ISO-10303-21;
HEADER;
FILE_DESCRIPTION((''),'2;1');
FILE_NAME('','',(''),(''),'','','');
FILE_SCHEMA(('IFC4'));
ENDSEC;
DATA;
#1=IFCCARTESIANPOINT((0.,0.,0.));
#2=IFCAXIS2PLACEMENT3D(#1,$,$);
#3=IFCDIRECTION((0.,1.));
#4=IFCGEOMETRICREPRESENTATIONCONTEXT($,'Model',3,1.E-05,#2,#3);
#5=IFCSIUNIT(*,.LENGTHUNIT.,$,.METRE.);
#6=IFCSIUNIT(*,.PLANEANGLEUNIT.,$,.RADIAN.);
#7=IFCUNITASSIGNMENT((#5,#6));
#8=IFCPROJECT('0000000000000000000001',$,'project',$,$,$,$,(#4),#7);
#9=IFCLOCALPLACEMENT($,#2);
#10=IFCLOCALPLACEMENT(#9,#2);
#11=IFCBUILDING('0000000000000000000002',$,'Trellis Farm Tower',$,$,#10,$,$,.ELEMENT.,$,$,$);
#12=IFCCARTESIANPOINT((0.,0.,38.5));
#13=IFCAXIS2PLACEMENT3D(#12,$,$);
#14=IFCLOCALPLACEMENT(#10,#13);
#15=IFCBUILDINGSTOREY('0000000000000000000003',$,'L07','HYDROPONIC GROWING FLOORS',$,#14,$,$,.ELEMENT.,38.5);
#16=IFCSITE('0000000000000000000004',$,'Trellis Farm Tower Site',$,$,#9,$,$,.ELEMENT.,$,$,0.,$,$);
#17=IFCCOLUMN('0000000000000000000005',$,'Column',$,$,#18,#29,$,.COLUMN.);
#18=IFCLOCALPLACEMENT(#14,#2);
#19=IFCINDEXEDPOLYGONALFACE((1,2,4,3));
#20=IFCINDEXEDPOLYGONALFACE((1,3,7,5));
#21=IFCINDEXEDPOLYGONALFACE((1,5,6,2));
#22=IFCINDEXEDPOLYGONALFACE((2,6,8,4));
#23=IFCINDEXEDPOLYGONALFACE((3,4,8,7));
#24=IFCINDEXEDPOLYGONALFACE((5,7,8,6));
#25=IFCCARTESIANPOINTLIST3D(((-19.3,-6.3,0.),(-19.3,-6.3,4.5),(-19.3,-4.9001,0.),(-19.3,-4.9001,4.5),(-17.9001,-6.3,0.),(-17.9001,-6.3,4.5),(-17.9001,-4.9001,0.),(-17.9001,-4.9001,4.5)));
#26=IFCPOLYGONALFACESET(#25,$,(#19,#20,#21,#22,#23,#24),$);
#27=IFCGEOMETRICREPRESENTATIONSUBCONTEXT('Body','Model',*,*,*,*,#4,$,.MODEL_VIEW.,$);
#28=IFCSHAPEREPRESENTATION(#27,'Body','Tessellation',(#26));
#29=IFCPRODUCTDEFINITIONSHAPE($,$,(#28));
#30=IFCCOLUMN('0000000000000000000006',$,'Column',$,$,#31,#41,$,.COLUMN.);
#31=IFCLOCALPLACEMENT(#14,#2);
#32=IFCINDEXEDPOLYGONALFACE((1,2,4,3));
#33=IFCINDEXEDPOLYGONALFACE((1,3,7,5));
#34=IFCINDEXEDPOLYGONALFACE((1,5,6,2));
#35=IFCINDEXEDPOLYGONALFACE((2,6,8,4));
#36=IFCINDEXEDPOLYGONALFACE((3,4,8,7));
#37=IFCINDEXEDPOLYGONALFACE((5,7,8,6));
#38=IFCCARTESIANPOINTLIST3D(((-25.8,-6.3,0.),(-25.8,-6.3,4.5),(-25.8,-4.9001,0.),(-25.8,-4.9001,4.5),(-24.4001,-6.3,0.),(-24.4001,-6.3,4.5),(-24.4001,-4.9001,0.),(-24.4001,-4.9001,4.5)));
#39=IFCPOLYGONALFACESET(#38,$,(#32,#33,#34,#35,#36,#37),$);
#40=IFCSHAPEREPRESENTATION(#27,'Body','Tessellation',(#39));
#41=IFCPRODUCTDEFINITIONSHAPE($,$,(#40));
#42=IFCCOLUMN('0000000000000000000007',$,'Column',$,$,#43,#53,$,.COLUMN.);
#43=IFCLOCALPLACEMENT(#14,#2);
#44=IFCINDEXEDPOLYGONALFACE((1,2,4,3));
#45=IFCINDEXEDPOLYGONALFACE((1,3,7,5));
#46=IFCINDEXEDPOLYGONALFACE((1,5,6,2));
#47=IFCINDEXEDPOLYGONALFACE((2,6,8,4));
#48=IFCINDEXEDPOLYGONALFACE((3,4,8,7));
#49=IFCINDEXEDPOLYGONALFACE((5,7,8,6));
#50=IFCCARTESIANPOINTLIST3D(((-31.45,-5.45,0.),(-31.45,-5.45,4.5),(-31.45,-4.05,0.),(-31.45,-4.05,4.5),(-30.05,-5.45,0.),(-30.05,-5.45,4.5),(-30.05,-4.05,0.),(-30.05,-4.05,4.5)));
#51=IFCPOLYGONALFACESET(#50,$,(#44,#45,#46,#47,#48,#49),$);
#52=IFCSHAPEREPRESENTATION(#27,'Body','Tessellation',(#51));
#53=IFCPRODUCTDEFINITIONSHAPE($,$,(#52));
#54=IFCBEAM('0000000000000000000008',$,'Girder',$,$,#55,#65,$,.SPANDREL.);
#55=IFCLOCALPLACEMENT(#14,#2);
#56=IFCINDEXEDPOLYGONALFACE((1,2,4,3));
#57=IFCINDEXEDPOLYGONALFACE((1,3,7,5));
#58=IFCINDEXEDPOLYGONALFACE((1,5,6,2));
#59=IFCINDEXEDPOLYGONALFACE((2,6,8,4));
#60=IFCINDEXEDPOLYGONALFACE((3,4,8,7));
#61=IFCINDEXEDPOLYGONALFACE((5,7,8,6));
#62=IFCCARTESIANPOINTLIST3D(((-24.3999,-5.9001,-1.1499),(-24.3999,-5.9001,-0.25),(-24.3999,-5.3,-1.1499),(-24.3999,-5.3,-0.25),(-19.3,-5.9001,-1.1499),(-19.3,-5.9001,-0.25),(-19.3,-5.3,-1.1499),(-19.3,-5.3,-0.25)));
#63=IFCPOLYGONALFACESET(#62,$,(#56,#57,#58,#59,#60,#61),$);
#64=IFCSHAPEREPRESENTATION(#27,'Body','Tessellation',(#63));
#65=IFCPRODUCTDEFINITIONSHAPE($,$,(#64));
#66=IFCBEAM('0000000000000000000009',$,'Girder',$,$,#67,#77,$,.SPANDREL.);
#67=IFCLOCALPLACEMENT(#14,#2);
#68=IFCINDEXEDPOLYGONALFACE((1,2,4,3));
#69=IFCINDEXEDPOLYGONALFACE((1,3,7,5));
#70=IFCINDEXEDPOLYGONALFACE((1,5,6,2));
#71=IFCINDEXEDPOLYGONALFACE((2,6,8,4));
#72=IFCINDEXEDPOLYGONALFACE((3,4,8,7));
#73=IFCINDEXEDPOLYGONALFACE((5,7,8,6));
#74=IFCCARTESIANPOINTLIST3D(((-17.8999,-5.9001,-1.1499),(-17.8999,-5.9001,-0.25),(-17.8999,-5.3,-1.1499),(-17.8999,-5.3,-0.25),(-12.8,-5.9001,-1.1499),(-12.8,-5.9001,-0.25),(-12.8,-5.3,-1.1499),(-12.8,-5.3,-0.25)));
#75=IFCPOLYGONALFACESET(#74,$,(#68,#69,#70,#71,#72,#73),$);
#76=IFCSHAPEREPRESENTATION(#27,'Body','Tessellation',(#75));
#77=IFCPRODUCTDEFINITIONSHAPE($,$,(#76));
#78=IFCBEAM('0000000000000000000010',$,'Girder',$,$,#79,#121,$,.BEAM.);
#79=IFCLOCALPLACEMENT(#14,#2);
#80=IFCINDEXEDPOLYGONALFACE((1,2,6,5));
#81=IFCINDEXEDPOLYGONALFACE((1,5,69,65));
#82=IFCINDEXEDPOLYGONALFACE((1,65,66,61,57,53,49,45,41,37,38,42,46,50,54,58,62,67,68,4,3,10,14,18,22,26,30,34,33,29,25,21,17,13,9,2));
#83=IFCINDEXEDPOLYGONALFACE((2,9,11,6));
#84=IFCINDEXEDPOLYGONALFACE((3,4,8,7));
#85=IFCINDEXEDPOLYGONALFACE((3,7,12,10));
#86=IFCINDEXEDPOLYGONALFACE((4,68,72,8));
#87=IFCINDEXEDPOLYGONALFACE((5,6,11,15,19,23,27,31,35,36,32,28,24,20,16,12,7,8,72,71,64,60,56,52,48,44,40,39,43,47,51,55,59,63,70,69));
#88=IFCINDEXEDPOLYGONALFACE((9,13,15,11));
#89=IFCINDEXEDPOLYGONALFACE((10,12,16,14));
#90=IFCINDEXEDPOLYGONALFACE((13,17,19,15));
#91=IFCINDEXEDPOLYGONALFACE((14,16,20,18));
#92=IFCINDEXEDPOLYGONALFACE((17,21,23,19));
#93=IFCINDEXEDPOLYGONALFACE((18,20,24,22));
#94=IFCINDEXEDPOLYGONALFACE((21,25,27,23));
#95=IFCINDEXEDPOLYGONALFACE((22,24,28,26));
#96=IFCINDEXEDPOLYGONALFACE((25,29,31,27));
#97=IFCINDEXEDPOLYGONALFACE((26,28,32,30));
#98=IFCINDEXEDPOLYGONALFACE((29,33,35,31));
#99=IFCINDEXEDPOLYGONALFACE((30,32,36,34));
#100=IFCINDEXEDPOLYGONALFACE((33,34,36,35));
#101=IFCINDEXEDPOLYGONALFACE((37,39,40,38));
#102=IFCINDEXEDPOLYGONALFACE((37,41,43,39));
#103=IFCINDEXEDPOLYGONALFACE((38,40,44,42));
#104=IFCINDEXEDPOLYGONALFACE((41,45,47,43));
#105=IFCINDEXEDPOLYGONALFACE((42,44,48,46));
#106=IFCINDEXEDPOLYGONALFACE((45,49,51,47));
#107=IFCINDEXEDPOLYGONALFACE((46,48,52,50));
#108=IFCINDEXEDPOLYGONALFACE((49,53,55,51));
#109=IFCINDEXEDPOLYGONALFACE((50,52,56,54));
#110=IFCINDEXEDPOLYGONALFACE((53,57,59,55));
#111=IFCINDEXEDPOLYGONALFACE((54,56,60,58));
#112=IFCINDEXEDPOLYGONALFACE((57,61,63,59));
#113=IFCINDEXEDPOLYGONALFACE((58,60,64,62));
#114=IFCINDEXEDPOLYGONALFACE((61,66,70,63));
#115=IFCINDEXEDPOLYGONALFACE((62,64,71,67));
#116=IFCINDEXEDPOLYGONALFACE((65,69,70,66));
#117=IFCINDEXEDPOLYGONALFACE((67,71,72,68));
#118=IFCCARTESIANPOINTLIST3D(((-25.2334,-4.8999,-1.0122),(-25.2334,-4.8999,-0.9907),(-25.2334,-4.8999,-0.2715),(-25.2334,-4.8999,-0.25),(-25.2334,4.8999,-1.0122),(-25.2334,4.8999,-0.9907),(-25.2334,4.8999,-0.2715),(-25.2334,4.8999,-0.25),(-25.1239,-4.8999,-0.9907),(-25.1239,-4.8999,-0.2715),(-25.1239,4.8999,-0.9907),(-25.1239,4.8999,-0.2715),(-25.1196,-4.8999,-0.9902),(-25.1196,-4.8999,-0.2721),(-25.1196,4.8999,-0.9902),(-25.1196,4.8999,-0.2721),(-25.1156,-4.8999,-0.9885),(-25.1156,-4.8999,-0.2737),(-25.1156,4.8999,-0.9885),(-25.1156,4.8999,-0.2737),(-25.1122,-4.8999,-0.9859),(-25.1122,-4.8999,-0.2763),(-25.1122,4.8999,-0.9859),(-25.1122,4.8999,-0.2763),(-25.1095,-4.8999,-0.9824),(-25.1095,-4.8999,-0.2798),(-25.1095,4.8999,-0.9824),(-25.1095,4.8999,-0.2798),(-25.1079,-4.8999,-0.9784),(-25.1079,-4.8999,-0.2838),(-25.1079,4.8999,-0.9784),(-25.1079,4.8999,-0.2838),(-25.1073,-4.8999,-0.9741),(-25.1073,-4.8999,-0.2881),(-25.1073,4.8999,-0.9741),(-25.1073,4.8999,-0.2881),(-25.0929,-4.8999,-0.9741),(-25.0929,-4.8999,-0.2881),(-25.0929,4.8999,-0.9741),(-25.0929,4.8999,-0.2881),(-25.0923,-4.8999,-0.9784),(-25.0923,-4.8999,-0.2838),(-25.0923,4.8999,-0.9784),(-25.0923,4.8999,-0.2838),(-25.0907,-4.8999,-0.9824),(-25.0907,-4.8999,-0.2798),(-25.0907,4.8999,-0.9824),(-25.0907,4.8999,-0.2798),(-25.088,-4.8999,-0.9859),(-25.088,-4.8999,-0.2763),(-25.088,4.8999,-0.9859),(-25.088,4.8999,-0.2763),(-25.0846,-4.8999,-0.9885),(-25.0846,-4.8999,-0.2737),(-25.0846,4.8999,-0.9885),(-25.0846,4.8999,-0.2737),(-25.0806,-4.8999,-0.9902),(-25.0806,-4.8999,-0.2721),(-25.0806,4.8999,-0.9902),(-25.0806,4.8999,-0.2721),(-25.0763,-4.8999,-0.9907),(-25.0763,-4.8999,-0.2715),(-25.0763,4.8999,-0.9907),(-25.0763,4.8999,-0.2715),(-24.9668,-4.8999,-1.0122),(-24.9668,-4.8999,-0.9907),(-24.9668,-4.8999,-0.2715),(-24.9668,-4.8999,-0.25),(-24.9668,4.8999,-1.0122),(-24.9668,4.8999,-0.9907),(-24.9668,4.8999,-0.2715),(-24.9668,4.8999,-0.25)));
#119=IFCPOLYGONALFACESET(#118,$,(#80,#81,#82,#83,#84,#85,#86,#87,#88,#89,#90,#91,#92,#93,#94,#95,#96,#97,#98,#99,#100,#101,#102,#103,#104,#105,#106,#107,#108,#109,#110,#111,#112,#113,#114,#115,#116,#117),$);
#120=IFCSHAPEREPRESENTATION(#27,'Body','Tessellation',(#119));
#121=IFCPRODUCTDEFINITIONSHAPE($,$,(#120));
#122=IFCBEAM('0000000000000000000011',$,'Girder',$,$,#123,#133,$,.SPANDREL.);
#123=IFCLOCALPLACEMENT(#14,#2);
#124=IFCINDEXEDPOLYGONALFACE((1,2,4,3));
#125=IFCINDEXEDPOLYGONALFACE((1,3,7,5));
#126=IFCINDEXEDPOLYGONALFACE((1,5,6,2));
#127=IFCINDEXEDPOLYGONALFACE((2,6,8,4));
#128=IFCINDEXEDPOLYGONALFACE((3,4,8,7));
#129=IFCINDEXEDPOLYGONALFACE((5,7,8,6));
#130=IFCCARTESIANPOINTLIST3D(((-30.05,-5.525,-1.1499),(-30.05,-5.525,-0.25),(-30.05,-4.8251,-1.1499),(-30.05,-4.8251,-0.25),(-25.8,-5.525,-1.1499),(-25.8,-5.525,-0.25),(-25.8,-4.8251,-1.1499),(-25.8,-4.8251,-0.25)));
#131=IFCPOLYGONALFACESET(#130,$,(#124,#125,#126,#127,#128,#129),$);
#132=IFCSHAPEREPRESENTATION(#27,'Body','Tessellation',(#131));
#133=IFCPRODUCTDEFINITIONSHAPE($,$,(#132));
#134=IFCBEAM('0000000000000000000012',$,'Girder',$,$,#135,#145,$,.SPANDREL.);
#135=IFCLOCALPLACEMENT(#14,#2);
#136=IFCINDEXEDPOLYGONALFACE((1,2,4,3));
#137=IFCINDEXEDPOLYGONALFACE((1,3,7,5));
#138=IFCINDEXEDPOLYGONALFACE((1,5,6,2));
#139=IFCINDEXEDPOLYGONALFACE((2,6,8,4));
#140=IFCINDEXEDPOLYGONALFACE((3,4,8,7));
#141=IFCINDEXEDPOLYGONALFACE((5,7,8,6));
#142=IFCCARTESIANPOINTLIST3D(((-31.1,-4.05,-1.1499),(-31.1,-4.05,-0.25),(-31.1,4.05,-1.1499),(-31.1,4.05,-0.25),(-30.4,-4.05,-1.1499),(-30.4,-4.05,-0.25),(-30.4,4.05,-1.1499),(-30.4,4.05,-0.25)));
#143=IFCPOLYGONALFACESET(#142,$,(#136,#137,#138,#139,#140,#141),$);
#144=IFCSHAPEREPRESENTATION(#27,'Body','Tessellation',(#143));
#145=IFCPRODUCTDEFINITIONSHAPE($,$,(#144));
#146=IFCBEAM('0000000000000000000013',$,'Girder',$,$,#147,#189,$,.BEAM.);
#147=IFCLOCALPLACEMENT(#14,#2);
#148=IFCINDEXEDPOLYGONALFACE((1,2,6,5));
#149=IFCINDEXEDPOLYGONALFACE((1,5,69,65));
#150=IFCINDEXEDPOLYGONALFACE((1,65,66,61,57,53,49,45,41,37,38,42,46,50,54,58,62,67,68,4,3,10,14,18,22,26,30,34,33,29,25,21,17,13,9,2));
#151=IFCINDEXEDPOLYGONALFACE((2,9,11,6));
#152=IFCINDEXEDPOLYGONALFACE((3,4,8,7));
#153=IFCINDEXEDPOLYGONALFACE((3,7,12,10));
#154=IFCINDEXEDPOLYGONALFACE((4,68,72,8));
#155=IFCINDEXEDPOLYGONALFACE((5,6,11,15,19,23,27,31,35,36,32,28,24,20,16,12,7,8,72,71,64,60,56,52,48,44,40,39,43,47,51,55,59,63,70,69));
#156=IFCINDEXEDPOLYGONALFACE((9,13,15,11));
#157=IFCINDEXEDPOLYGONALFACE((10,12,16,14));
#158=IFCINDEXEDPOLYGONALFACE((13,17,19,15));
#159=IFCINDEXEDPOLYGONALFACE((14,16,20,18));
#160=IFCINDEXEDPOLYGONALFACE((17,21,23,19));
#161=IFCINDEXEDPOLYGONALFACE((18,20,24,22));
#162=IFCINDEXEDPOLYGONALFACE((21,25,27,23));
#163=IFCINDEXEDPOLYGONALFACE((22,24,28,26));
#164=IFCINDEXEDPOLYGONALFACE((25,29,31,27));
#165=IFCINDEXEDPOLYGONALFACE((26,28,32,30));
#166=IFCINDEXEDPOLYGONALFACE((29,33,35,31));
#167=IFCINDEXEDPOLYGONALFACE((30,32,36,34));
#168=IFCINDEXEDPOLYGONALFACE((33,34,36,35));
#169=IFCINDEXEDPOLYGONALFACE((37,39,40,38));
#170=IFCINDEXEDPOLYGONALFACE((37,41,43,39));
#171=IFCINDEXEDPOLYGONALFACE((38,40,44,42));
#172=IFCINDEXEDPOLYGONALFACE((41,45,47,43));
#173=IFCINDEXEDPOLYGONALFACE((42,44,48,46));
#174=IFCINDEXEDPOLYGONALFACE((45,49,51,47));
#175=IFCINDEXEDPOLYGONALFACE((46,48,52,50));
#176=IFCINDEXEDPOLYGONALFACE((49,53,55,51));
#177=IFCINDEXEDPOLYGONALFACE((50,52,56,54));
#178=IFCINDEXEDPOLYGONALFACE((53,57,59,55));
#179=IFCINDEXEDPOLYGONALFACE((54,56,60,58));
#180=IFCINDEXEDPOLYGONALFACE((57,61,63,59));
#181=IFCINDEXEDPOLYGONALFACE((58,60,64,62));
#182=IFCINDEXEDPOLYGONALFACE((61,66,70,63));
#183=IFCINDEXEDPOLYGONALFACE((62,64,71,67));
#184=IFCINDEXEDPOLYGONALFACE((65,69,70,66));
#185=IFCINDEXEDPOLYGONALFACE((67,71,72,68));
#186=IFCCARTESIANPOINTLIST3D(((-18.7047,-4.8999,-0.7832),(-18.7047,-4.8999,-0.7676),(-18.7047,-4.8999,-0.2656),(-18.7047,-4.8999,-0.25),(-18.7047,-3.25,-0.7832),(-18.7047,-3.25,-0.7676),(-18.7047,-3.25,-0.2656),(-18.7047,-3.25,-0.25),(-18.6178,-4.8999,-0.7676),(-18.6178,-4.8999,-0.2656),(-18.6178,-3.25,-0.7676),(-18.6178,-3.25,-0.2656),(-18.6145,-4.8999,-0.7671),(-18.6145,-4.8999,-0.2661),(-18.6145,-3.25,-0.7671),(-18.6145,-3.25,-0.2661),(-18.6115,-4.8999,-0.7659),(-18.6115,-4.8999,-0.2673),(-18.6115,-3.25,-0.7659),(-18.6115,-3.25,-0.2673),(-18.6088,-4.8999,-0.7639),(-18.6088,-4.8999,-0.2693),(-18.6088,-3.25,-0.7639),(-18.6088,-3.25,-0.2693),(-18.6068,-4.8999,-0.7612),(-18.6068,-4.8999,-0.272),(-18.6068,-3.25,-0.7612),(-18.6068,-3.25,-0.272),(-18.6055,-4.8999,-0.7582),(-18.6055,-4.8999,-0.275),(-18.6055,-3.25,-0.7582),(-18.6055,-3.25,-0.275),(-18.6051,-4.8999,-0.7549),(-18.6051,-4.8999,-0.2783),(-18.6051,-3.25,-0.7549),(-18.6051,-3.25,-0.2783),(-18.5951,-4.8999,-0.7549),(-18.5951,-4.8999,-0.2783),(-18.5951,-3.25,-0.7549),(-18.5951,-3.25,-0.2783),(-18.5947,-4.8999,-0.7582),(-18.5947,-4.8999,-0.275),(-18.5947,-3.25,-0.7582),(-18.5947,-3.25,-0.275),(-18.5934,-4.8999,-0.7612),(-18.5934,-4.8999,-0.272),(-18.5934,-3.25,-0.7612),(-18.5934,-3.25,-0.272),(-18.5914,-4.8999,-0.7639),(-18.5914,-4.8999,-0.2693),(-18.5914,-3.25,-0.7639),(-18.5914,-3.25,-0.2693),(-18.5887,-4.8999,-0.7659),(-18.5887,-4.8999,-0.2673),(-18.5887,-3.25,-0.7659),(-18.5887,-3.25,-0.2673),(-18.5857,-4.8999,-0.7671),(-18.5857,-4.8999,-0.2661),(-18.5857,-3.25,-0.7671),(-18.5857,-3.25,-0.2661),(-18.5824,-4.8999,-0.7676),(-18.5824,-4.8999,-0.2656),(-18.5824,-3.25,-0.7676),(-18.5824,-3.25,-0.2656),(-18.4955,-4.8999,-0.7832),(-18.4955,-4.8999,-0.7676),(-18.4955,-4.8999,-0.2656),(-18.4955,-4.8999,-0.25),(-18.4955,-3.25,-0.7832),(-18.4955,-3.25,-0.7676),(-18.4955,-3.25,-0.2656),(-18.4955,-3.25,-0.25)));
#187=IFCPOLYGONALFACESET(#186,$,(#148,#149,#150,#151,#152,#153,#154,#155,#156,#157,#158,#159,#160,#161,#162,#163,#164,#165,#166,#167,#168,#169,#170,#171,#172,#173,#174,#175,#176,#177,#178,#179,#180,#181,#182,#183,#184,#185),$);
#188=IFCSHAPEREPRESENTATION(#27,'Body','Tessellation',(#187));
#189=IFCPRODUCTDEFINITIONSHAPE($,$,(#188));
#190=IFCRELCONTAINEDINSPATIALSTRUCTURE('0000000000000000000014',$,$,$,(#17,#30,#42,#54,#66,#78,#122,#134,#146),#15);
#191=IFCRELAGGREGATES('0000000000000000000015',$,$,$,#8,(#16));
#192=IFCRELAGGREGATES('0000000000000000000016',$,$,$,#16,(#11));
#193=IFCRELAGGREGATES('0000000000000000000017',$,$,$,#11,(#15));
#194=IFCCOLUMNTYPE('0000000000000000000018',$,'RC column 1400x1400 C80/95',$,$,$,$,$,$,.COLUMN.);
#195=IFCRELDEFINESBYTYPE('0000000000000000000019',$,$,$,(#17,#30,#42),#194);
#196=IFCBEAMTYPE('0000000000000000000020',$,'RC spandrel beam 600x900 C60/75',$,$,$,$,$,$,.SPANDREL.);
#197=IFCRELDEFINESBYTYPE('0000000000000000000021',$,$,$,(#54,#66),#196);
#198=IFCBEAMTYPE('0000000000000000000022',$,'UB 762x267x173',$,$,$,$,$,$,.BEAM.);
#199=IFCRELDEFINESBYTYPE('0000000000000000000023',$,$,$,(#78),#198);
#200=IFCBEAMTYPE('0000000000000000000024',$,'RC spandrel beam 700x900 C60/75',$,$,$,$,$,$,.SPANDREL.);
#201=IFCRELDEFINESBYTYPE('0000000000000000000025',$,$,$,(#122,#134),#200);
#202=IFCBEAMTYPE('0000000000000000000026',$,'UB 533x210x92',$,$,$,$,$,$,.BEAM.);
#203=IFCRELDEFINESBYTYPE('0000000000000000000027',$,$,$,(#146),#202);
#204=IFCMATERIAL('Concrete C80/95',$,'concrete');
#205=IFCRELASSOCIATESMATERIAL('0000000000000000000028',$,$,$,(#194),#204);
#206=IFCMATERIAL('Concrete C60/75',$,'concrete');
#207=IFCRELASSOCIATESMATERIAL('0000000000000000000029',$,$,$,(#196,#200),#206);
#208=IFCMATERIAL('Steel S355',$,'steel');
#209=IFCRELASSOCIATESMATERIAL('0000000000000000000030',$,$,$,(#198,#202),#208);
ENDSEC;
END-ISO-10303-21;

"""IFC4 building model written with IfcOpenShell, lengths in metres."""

from ifc_helpers import new_model, si_unit, direction, frame, origin, origin_2d, place, context, subcontext, project, spatial, rectangle, i_section, extrude, source, transform, mapped, material, material_profile, profile_set, type_object, element, save


model = new_model("IFC4")

# Units and contexts
model_context = context("Model", 3, precision=1e-05, world=origin(), true_north=direction((0.0, 1.0)))
body_context = subcontext(model_context, "Body", "Model", "MODEL_VIEW")
ifc_project = project(units=[si_unit("LENGTHUNIT", "METRE"), si_unit("PLANEANGLEUNIT", "RADIAN")], contexts=[model_context])

# Site, building, storey
site_placement = place(None, origin())
site = spatial("IfcSite", under=ifc_project, at=site_placement, Name="Trellis Farm Tower Site", CompositionType="ELEMENT", RefElevation=0.0)
building_placement = place(site_placement, origin())
building = spatial("IfcBuilding", under=site, at=building_placement, Name="Trellis Farm Tower", CompositionType="ELEMENT")
storey_placement = place(building_placement, frame((0.0, 0.0, 38.5)))
storey = spatial("IfcBuildingStorey", under=building, at=storey_placement, Name="L07", Description="HYDROPONIC GROWING FLOORS", CompositionType="ELEMENT", Elevation=38.5)

# Columns
ifc_material_1 = material(Name="Concrete C80/95", Category="concrete")
ifc_material_profile_1 = material_profile(ifc_material_1, rectangle(XDim=1.3999, YDim=1.3999, at=origin_2d()), Name="RC column 1400x1400 C80/95")
ifc_profile_set_1 = profile_set([ifc_material_profile_1], Name="Concrete C80/95")
column_type = type_object("IfcColumnType", Name="RC column 1400x1400 C80/95", PredefinedType="COLUMN", material=ifc_profile_set_1)
shared_shape_1 = source(origin(), body_context, "Body", "SweptSolid", [
    extrude(rectangle(XDim=1.3999, YDim=1.3999, at=origin_2d()), origin(), (0.0, 0.0, 1.0), 4.5),
])
for number, where, z_axis, x_axis, name in (
    (1, (-18.6001, -5.6001, 0.0), (0.0, 0.0, 1.0), (1.0, 0.0, 0.0), "Column"),
    (2, (-25.1001, -5.6001, 0.0), (0.0, 0.0, 1.0), (1.0, 0.0, 0.0), "Column"),
    (3, (-30.75, -4.75, 0.0), (0.0, 0.0, 1.0), (1.0, 0.0, 0.0), "Column"),
):
    element("IfcColumn", number, at=place(storey_placement, frame(where, z_axis=z_axis, x_axis=x_axis)), inside=storey, type_object=column_type, Name=name, PredefinedType="COLUMN", context=body_context, shape_type="MappedRepresentation", body=[
        mapped(shared_shape_1, transform((0.0, 0.0, 0.0))),
    ])

# Beams
ifc_material_2 = material(Name="Concrete C60/75", Category="concrete")
ifc_material_profile_2 = material_profile(ifc_material_2, rectangle(XDim=0.6001, YDim=0.8999, at=origin_2d()), Name="RC spandrel beam 600x900 C60/75")
ifc_profile_set_2 = profile_set([ifc_material_profile_2], Name="Concrete C60/75")
beam_type_1 = type_object("IfcBeamType", Name="RC spandrel beam 600x900 C60/75", PredefinedType="SPANDREL", material=ifc_profile_set_2)
shared_shape_2 = source(origin(), body_context, "Body", "SweptSolid", [
    extrude(rectangle(XDim=0.6001, YDim=0.8999, at=origin_2d()), origin(), (0.0, 0.0, 1.0), 5.0999),
])
for number, where, z_axis, x_axis, name in (
    (4, (-24.3999, -5.6001, -0.7), (1.0, 0.0, 0.0), (0.0, 1.0, 0.0), "Girder"),
    (5, (-17.8999, -5.6001, -0.7), (1.0, 0.0, 0.0), (0.0, 1.0, 0.0), "Girder"),
):
    element("IfcBeam", number, at=place(storey_placement, frame(where, z_axis=z_axis, x_axis=x_axis)), inside=storey, type_object=beam_type_1, Name=name, PredefinedType="SPANDREL", context=body_context, shape_type="MappedRepresentation", body=[
        mapped(shared_shape_2, transform((0.0, 0.0, 0.0))),
    ])
ifc_material_3 = material(Name="Steel S355", Category="steel")
ifc_material_profile_3 = material_profile(ifc_material_3, i_section(OverallWidth=0.2666, OverallDepth=0.7622, WebThickness=0.0144, FlangeThickness=0.0215, FilletRadius=0.0166, at=origin_2d()), Name="UB 762x267x173")
ifc_profile_set_3 = profile_set([ifc_material_profile_3], Name="Steel S355")
beam_type_2 = type_object("IfcBeamType", Name="UB 762x267x173", PredefinedType="BEAM", material=ifc_profile_set_3)
shared_shape_3 = source(origin(), body_context, "Body", "SweptSolid", [
    extrude(i_section(OverallWidth=0.2666, OverallDepth=0.7622, WebThickness=0.0144, FlangeThickness=0.0215, FilletRadius=0.0166, at=origin_2d()), origin(), (0.0, 0.0, 1.0), 9.7998),
])
beam_1_placement = place(storey_placement, frame((-25.1001, -4.8999, -0.6311), z_axis=(0.0, 1.0, 0.0), x_axis=(-1.0, 0.0, 0.0)))
element("IfcBeam", 6, at=beam_1_placement, inside=storey, type_object=beam_type_2, Name="Girder", PredefinedType="BEAM", context=body_context, shape_type="MappedRepresentation", body=[
    mapped(shared_shape_3, transform((0.0, 0.0, 0.0))),
])
ifc_material_profile_4 = material_profile(ifc_material_2, rectangle(XDim=0.7, YDim=0.8999, at=origin_2d()), Name="RC spandrel beam 700x900 C60/75")
ifc_profile_set_4 = profile_set([ifc_material_profile_4], Name="Concrete C60/75")
beam_type_3 = type_object("IfcBeamType", Name="RC spandrel beam 700x900 C60/75", PredefinedType="SPANDREL", material=ifc_profile_set_4)
shared_shape_4 = source(origin(), body_context, "Body", "SweptSolid", [
    extrude(rectangle(XDim=0.7, YDim=0.8999, at=origin_2d()), origin(), (0.0, 0.0, 1.0), 4.25),
])
beam_2_placement = place(storey_placement, frame((-30.05, -5.175, -0.7), z_axis=(1.0, 0.0, 0.0), x_axis=(0.0, 1.0, 0.0)))
element("IfcBeam", 7, at=beam_2_placement, inside=storey, type_object=beam_type_3, Name="Girder", PredefinedType="SPANDREL", context=body_context, shape_type="MappedRepresentation", body=[
    mapped(shared_shape_4, transform((0.0, 0.0, 0.0))),
])
shared_shape_5 = source(origin(), body_context, "Body", "SweptSolid", [
    extrude(rectangle(XDim=0.7, YDim=0.8999, at=origin_2d()), origin(), (0.0, 0.0, 1.0), 8.1001),
])
beam_3_placement = place(storey_placement, frame((-30.75, -4.05, -0.7), z_axis=(0.0, 1.0, 0.0), x_axis=(-1.0, 0.0, 0.0)))
element("IfcBeam", 8, at=beam_3_placement, inside=storey, type_object=beam_type_3, Name="Girder", PredefinedType="SPANDREL", context=body_context, shape_type="MappedRepresentation", body=[
    mapped(shared_shape_5, transform((0.0, 0.0, 0.0))),
])
ifc_material_profile_5 = material_profile(ifc_material_3, i_section(OverallWidth=0.2092, OverallDepth=0.5332, WebThickness=0.01, FlangeThickness=0.0156, FilletRadius=0.0127, at=origin_2d()), Name="UB 533x210x92")
ifc_profile_set_5 = profile_set([ifc_material_profile_5], Name="Steel S355")
beam_type_4 = type_object("IfcBeamType", Name="UB 533x210x92", PredefinedType="BEAM", material=ifc_profile_set_5)
shared_shape_6 = source(origin(), body_context, "Body", "SweptSolid", [
    extrude(i_section(OverallWidth=0.2092, OverallDepth=0.5332, WebThickness=0.01, FlangeThickness=0.0156, FilletRadius=0.0127, at=origin_2d()), origin(), (0.0, 0.0, 1.0), 1.6499),
])
beam_4_placement = place(storey_placement, frame((-18.6001, -4.8999, -0.5166), z_axis=(0.0, 1.0, 0.0), x_axis=(-1.0, 0.0, 0.0)))
element("IfcBeam", 9, at=beam_4_placement, inside=storey, type_object=beam_type_4, Name="Girder", PredefinedType="BEAM", context=body_context, shape_type="MappedRepresentation", body=[
    mapped(shared_shape_6, transform((0.0, 0.0, 0.0))),
])

save(model, "model.ifc")
